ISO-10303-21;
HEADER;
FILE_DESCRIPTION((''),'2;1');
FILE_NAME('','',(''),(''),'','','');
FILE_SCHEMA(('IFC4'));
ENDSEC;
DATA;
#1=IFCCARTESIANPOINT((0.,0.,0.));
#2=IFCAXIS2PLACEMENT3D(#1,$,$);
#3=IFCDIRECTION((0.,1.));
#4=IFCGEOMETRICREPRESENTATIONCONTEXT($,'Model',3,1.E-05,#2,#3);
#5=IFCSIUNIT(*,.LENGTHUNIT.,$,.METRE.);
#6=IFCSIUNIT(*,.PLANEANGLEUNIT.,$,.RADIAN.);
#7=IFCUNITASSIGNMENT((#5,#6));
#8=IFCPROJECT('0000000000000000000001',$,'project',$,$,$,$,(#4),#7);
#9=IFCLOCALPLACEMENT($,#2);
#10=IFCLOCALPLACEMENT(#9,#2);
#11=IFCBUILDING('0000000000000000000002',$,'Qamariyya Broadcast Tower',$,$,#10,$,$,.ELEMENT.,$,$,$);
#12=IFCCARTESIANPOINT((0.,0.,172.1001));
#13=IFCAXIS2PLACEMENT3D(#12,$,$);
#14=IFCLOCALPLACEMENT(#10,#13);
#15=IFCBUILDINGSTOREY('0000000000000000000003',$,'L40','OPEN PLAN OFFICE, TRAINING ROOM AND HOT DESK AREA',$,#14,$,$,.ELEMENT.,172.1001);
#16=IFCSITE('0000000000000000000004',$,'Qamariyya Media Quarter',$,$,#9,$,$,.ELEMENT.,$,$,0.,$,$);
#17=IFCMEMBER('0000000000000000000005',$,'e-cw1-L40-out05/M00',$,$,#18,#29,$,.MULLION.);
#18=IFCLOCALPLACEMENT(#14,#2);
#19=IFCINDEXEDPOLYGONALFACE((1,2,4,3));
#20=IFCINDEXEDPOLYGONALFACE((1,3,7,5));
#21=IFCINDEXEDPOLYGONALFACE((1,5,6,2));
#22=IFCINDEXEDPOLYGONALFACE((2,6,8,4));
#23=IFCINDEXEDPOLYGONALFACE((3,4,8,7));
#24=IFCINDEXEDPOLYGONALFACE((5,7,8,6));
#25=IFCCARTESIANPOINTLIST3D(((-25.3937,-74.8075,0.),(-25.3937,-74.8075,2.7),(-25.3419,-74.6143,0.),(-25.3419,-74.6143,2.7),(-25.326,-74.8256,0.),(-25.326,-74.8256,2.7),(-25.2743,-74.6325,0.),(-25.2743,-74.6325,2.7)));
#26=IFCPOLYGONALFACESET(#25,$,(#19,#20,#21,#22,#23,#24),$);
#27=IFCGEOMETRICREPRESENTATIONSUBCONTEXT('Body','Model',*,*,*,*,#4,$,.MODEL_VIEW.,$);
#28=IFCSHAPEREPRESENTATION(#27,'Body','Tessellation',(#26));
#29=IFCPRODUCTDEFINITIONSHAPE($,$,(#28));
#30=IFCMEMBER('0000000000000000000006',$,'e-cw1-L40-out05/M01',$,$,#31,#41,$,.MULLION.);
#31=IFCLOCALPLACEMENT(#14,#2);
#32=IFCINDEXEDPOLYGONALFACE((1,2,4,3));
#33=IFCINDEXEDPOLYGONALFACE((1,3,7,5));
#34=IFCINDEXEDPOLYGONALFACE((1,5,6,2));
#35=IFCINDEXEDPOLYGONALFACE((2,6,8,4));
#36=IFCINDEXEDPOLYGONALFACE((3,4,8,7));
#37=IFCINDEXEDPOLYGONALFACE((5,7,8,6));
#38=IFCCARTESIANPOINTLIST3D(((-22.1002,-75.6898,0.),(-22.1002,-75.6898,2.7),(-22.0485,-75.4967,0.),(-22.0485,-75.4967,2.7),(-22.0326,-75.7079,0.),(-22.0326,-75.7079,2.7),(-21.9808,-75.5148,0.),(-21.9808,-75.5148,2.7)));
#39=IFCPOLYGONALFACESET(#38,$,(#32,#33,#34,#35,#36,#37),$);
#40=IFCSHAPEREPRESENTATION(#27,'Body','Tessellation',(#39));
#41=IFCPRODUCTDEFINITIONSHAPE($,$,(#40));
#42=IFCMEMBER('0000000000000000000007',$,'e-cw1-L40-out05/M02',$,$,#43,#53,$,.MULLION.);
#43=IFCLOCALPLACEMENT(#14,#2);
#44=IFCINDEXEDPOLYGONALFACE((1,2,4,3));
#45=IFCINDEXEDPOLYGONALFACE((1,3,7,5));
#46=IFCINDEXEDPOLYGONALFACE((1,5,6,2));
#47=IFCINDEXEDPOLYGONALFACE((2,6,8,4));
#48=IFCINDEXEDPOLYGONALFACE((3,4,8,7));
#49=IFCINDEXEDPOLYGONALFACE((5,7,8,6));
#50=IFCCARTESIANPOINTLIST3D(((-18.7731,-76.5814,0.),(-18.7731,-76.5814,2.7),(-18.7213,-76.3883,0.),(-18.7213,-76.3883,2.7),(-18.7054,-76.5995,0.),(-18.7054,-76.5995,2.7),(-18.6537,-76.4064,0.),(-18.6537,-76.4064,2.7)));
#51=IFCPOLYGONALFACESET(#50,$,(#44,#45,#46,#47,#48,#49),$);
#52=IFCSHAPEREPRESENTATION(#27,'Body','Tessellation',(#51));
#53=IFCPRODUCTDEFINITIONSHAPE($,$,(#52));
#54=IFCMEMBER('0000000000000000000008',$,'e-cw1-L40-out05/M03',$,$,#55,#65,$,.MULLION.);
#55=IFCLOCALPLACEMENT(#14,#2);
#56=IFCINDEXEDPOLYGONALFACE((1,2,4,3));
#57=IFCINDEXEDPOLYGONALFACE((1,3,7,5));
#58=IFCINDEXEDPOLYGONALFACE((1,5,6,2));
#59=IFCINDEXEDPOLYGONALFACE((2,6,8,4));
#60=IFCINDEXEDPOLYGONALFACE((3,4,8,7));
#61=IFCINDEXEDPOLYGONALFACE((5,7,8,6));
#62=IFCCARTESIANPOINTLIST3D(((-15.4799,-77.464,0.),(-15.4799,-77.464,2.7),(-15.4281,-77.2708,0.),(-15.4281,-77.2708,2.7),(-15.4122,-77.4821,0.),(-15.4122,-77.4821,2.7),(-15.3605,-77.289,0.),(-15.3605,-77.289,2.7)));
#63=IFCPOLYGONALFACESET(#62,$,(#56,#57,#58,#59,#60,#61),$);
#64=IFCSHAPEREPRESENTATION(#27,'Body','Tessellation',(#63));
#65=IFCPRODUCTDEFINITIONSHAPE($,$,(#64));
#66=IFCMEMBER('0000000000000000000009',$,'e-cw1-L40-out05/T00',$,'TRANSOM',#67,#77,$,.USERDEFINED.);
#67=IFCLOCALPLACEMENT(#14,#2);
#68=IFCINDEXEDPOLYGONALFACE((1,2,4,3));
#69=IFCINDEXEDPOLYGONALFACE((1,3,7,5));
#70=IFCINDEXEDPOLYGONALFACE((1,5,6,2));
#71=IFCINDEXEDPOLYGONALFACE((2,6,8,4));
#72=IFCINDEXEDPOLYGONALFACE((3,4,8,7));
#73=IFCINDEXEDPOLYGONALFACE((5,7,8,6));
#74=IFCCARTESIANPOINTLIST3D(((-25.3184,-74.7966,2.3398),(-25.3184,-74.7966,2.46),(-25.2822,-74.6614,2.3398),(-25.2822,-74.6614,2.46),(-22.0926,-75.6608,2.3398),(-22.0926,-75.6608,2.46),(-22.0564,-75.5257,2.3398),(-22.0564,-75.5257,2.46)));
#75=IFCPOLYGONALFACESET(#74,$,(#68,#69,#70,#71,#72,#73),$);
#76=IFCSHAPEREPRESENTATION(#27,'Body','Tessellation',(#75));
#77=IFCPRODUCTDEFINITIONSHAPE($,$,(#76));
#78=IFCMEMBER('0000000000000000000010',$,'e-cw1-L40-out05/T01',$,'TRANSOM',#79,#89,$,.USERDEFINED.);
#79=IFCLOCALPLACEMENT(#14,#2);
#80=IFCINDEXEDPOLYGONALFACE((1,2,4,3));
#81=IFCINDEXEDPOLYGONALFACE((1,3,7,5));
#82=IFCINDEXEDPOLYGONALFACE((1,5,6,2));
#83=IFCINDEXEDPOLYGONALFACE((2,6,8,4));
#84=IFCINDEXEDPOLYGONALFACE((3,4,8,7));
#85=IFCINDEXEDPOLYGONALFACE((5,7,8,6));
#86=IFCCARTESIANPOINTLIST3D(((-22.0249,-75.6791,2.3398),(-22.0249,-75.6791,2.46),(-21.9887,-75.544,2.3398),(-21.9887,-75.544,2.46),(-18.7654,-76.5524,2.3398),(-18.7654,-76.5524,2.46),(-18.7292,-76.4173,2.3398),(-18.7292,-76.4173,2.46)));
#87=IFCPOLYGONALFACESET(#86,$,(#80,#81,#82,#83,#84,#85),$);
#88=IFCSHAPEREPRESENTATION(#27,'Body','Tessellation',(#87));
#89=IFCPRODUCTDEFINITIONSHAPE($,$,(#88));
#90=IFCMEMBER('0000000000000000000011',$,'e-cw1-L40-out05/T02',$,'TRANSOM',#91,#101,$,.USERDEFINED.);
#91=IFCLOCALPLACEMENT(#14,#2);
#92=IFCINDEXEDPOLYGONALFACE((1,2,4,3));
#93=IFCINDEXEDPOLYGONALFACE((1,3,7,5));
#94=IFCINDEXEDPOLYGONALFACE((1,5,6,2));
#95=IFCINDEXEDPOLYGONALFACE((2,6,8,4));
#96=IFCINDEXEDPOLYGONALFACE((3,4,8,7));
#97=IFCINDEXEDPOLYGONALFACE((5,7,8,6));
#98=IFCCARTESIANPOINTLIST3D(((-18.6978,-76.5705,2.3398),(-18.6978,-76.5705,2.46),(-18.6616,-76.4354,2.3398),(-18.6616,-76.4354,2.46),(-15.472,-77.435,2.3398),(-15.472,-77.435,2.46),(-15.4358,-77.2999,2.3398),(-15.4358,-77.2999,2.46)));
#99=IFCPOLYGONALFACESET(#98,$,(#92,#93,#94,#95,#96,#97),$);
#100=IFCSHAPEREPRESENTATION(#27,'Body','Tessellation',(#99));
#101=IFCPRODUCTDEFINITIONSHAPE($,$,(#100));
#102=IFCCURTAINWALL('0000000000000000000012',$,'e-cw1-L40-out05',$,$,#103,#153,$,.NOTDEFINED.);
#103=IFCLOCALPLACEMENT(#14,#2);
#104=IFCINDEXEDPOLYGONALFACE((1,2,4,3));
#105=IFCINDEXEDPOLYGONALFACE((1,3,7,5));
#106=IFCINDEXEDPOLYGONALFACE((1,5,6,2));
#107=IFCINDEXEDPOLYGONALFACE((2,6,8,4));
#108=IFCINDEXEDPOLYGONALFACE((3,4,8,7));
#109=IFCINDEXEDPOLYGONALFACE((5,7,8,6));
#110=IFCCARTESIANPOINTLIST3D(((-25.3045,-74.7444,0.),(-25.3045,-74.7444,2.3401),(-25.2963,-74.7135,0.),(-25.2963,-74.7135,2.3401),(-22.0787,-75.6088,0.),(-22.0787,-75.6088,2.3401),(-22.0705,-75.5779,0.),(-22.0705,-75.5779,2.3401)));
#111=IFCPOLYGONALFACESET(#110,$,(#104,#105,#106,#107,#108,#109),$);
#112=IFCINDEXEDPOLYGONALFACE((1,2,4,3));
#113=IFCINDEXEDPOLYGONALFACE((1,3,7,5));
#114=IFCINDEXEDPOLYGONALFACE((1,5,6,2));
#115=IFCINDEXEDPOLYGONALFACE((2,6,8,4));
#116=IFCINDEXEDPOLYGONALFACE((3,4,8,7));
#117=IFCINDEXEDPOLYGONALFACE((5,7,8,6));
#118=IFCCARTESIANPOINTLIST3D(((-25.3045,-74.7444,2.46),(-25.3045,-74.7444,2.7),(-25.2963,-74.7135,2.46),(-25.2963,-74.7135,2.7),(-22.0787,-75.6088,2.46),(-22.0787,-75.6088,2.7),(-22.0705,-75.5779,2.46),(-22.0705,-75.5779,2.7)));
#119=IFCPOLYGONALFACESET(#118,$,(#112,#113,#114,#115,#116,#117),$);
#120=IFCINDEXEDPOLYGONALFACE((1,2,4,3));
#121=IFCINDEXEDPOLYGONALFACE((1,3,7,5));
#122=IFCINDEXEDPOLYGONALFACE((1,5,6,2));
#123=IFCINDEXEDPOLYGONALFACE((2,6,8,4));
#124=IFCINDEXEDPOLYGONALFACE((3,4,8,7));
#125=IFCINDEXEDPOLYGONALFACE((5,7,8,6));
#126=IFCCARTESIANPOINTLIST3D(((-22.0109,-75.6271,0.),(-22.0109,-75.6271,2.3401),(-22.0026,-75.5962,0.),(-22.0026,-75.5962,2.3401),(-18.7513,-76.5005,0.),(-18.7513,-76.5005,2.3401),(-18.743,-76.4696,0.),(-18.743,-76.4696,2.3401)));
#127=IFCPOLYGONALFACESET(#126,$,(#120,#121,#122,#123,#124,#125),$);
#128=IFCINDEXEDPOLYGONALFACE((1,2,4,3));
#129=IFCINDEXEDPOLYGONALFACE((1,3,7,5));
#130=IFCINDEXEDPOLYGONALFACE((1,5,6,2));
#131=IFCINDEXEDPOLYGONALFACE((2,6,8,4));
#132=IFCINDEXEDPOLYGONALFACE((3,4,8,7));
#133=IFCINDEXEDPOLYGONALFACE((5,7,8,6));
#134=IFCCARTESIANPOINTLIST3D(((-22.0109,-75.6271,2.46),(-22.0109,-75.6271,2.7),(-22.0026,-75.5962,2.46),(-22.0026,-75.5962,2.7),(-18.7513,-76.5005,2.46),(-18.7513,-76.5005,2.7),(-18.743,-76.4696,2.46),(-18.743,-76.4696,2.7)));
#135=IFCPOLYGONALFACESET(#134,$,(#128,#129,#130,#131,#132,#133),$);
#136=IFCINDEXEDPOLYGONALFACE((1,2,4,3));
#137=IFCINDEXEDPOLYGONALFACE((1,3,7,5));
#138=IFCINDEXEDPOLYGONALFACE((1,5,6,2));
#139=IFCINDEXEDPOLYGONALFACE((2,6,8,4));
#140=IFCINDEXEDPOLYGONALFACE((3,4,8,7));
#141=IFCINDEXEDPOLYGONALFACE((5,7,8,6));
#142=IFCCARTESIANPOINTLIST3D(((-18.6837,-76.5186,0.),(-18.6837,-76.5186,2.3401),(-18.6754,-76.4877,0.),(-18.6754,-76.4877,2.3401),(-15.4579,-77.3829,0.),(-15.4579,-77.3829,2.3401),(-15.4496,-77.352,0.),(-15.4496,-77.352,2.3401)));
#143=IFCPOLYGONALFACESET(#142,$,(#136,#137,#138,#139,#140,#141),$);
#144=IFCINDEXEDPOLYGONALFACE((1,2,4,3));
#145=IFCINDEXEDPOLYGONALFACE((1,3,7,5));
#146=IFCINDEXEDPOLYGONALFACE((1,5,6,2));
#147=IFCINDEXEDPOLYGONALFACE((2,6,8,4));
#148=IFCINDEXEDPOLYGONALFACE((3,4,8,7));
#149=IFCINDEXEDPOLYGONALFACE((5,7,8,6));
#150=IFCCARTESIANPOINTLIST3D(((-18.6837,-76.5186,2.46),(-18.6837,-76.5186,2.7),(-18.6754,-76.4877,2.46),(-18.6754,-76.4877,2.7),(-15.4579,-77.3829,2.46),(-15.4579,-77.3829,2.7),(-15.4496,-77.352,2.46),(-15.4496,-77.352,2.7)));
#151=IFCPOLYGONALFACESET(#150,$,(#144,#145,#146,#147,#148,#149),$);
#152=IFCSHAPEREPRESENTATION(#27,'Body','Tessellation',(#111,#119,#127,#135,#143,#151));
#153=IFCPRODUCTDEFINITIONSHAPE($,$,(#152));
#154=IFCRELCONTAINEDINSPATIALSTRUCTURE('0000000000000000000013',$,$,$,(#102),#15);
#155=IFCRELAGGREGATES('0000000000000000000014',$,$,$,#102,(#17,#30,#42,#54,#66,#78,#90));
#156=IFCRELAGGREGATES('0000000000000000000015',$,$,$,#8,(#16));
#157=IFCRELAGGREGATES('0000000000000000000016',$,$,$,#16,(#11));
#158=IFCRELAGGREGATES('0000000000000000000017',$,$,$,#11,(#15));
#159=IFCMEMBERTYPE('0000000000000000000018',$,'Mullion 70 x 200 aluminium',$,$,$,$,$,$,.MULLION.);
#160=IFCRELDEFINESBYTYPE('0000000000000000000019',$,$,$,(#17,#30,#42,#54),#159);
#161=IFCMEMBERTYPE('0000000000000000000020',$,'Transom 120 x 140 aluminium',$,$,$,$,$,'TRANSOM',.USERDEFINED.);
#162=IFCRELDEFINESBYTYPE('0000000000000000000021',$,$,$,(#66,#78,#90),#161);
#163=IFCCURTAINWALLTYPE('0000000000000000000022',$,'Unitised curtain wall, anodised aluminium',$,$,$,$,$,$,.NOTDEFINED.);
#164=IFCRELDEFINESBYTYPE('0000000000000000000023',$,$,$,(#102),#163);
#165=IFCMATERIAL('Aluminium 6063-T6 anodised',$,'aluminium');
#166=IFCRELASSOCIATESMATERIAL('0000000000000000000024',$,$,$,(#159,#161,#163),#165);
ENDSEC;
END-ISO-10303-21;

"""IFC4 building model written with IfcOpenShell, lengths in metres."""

from ifc_helpers import new_model, si_unit, direction, frame, origin, origin_2d, place, context, subcontext, project, spatial, rectangle, extrude, material, material_profile, profile_set, type_object, element, aggregate, save


model = new_model("IFC4")

# Units and contexts
model_context = context("Model", 3, precision=1e-05, world=origin(), true_north=direction((0.0, 1.0)))
body_context = subcontext(model_context, "Body", "Model", "MODEL_VIEW")
ifc_project = project(units=[si_unit("LENGTHUNIT", "METRE"), si_unit("PLANEANGLEUNIT", "RADIAN")], contexts=[model_context])

# Members
ifc_material = material(Name="Aluminium 6063-T6 anodised", Category="aluminium")
ifc_material_profile_1 = material_profile(ifc_material, rectangle(XDim=0.2, YDim=0.0701, at=origin_2d()))
ifc_profile_set_1 = profile_set([ifc_material_profile_1], Name="Aluminium 6063-T6 anodised")
member_type_1 = type_object("IfcMemberType", Name="Mullion 70 x 200 aluminium", PredefinedType="MULLION", material=ifc_profile_set_1)
site_placement = place(None, origin())
building_placement = place(site_placement, origin())
storey_placement = place(building_placement, frame((0.0, 0.0, 172.1001)))
member_1_placement = place(storey_placement, frame((-25.334, -74.72, 0.0), z_axis=(0.0, 0.0, 1.0), x_axis=(0.258819, 0.965926, 0.0)))
member_1 = element("IfcMember", 1, at=member_1_placement, type_object=member_type_1, Name="e-cw1-L40-out05/M00", PredefinedType="MULLION", context=body_context, shape_type="SweptSolid", body=[
    extrude(rectangle(XDim=0.2, YDim=0.0701, at=origin_2d()), origin(), (0.0, 0.0, 1.0), 2.7),
])
member_2_placement = place(storey_placement, frame((-22.0405, -75.6023, 0.0), z_axis=(0.0, 0.0, 1.0), x_axis=(0.258819, 0.965926, 0.0)))
member_2 = element("IfcMember", 2, at=member_2_placement, type_object=member_type_1, Name="e-cw1-L40-out05/M01", PredefinedType="MULLION", context=body_context, shape_type="SweptSolid", body=[
    extrude(rectangle(XDim=0.2, YDim=0.0701, at=origin_2d()), origin(), (0.0, 0.0, 1.0), 2.7),
])
member_3_placement = place(storey_placement, frame((-18.7134, -76.4939, 0.0), z_axis=(0.0, 0.0, 1.0), x_axis=(0.258819, 0.965926, 0.0)))
member_3 = element("IfcMember", 3, at=member_3_placement, type_object=member_type_1, Name="e-cw1-L40-out05/M02", PredefinedType="MULLION", context=body_context, shape_type="SweptSolid", body=[
    extrude(rectangle(XDim=0.2, YDim=0.0701, at=origin_2d()), origin(), (0.0, 0.0, 1.0), 2.7),
])
member_4_placement = place(storey_placement, frame((-15.4202, -77.3765, 0.0), z_axis=(0.0, 0.0, 1.0), x_axis=(0.258819, 0.965926, 0.0)))
member_4 = element("IfcMember", 4, at=member_4_placement, type_object=member_type_1, Name="e-cw1-L40-out05/M03", PredefinedType="MULLION", context=body_context, shape_type="SweptSolid", body=[
    extrude(rectangle(XDim=0.2, YDim=0.0701, at=origin_2d()), origin(), (0.0, 0.0, 1.0), 2.7),
])
ifc_material_profile_2 = material_profile(ifc_material, rectangle(XDim=0.1399, YDim=0.1201, at=origin_2d()))
ifc_profile_set_2 = profile_set([ifc_material_profile_2], Name="Aluminium 6063-T6 anodised")
member_type_2 = type_object("IfcMemberType", Name="Transom 120 x 140 aluminium", ElementType="TRANSOM", PredefinedType="USERDEFINED", material=ifc_profile_set_2)
member_5_placement = place(storey_placement, frame((-25.3003, -74.729, 2.3999), z_axis=(0.965933, -0.258791, 0.0), x_axis=(0.258791, 0.965933, 0.0)))
member_5 = element("IfcMember", 5, at=member_5_placement, type_object=member_type_2, Name="e-cw1-L40-out05/T00", ObjectType="TRANSOM", PredefinedType="USERDEFINED", context=body_context, shape_type="SweptSolid", body=[
    extrude(rectangle(XDim=0.1399, YDim=0.1201, at=origin_2d()), origin(), (0.0, 0.0, 1.0), 3.3396),
])
member_6_placement = place(storey_placement, frame((-22.0068, -75.6116, 2.3999), z_axis=(0.965933, -0.258793, 0.0), x_axis=(0.258793, 0.965933, 0.0)))
member_6 = element("IfcMember", 6, at=member_6_placement, type_object=member_type_2, Name="e-cw1-L40-out05/T01", ObjectType="TRANSOM", PredefinedType="USERDEFINED", context=body_context, shape_type="SweptSolid", body=[
    extrude(rectangle(XDim=0.1399, YDim=0.1201, at=origin_2d()), origin(), (0.0, 0.0, 1.0), 3.3745),
])
member_7_placement = place(storey_placement, frame((-18.6797, -76.5029, 2.3999), z_axis=(0.965915, -0.258859, 0.0), x_axis=(0.258859, 0.965915, 0.0)))
member_7 = element("IfcMember", 7, at=member_7_placement, type_object=member_type_2, Name="e-cw1-L40-out05/T02", ObjectType="TRANSOM", PredefinedType="USERDEFINED", context=body_context, shape_type="SweptSolid", body=[
    extrude(rectangle(XDim=0.1399, YDim=0.1201, at=origin_2d()), origin(), (0.0, 0.0, 1.0), 3.3396),
])

# Site, building, storey
site = spatial("IfcSite", under=ifc_project, at=site_placement, Name="Qamariyya Media Quarter", CompositionType="ELEMENT", RefElevation=0.0)
building = spatial("IfcBuilding", under=site, at=building_placement, Name="Qamariyya Broadcast Tower", CompositionType="ELEMENT")
storey = spatial("IfcBuildingStorey", under=building, at=storey_placement, Name="L40", Description="OPEN PLAN OFFICE, TRAINING ROOM AND HOT DESK AREA", CompositionType="ELEMENT", Elevation=172.1001)

# Curtain wall
curtain_wall_type = type_object("IfcCurtainWallType", Name="Unitised curtain wall, anodised aluminium", PredefinedType="NOTDEFINED", material=ifc_material)
curtain_wall_1_placement = place(storey_placement, origin())
curtain_wall_1 = element("IfcCurtainWall", 8, at=curtain_wall_1_placement, inside=storey, type_object=curtain_wall_type, Name="e-cw1-L40-out05", PredefinedType="NOTDEFINED", context=body_context, shape_type="SweptSolid", body=[
    extrude(rectangle(XDim=3.3396, YDim=0.032, at=origin_2d()), frame((-23.6875, -75.1611, 0.0), x_axis=(0.965926, -0.258817, 0.0)), (0.0, 0.0, 1.0), 2.3401),
    extrude(rectangle(XDim=3.3396, YDim=0.032, at=origin_2d()), frame((-23.6875, -75.1611, 2.46), x_axis=(0.965926, -0.258817, 0.0)), (0.0, 0.0, 1.0), 0.24),
    extrude(rectangle(XDim=3.3745, YDim=0.032, at=origin_2d()), frame((-20.377, -76.0483, 0.0), x_axis=(0.965926, -0.258817, 0.0)), (0.0, 0.0, 1.0), 2.3401),
    extrude(rectangle(XDim=3.3745, YDim=0.032, at=origin_2d()), frame((-20.377, -76.0483, 2.46), x_axis=(0.965926, -0.258817, 0.0)), (0.0, 0.0, 1.0), 0.24),
    extrude(rectangle(XDim=3.3396, YDim=0.032, at=origin_2d()), frame((-17.0667, -76.9353, 0.0), x_axis=(0.965926, -0.258817, 0.0)), (0.0, 0.0, 1.0), 2.3401),
    extrude(rectangle(XDim=3.3396, YDim=0.032, at=origin_2d()), frame((-17.0667, -76.9353, 2.46), x_axis=(0.965926, -0.258817, 0.0)), (0.0, 0.0, 1.0), 0.24),
])
aggregate(curtain_wall_1, [member_1, member_2, member_3, member_4, member_5, member_6, member_7])

save(model, "model.ifc")
